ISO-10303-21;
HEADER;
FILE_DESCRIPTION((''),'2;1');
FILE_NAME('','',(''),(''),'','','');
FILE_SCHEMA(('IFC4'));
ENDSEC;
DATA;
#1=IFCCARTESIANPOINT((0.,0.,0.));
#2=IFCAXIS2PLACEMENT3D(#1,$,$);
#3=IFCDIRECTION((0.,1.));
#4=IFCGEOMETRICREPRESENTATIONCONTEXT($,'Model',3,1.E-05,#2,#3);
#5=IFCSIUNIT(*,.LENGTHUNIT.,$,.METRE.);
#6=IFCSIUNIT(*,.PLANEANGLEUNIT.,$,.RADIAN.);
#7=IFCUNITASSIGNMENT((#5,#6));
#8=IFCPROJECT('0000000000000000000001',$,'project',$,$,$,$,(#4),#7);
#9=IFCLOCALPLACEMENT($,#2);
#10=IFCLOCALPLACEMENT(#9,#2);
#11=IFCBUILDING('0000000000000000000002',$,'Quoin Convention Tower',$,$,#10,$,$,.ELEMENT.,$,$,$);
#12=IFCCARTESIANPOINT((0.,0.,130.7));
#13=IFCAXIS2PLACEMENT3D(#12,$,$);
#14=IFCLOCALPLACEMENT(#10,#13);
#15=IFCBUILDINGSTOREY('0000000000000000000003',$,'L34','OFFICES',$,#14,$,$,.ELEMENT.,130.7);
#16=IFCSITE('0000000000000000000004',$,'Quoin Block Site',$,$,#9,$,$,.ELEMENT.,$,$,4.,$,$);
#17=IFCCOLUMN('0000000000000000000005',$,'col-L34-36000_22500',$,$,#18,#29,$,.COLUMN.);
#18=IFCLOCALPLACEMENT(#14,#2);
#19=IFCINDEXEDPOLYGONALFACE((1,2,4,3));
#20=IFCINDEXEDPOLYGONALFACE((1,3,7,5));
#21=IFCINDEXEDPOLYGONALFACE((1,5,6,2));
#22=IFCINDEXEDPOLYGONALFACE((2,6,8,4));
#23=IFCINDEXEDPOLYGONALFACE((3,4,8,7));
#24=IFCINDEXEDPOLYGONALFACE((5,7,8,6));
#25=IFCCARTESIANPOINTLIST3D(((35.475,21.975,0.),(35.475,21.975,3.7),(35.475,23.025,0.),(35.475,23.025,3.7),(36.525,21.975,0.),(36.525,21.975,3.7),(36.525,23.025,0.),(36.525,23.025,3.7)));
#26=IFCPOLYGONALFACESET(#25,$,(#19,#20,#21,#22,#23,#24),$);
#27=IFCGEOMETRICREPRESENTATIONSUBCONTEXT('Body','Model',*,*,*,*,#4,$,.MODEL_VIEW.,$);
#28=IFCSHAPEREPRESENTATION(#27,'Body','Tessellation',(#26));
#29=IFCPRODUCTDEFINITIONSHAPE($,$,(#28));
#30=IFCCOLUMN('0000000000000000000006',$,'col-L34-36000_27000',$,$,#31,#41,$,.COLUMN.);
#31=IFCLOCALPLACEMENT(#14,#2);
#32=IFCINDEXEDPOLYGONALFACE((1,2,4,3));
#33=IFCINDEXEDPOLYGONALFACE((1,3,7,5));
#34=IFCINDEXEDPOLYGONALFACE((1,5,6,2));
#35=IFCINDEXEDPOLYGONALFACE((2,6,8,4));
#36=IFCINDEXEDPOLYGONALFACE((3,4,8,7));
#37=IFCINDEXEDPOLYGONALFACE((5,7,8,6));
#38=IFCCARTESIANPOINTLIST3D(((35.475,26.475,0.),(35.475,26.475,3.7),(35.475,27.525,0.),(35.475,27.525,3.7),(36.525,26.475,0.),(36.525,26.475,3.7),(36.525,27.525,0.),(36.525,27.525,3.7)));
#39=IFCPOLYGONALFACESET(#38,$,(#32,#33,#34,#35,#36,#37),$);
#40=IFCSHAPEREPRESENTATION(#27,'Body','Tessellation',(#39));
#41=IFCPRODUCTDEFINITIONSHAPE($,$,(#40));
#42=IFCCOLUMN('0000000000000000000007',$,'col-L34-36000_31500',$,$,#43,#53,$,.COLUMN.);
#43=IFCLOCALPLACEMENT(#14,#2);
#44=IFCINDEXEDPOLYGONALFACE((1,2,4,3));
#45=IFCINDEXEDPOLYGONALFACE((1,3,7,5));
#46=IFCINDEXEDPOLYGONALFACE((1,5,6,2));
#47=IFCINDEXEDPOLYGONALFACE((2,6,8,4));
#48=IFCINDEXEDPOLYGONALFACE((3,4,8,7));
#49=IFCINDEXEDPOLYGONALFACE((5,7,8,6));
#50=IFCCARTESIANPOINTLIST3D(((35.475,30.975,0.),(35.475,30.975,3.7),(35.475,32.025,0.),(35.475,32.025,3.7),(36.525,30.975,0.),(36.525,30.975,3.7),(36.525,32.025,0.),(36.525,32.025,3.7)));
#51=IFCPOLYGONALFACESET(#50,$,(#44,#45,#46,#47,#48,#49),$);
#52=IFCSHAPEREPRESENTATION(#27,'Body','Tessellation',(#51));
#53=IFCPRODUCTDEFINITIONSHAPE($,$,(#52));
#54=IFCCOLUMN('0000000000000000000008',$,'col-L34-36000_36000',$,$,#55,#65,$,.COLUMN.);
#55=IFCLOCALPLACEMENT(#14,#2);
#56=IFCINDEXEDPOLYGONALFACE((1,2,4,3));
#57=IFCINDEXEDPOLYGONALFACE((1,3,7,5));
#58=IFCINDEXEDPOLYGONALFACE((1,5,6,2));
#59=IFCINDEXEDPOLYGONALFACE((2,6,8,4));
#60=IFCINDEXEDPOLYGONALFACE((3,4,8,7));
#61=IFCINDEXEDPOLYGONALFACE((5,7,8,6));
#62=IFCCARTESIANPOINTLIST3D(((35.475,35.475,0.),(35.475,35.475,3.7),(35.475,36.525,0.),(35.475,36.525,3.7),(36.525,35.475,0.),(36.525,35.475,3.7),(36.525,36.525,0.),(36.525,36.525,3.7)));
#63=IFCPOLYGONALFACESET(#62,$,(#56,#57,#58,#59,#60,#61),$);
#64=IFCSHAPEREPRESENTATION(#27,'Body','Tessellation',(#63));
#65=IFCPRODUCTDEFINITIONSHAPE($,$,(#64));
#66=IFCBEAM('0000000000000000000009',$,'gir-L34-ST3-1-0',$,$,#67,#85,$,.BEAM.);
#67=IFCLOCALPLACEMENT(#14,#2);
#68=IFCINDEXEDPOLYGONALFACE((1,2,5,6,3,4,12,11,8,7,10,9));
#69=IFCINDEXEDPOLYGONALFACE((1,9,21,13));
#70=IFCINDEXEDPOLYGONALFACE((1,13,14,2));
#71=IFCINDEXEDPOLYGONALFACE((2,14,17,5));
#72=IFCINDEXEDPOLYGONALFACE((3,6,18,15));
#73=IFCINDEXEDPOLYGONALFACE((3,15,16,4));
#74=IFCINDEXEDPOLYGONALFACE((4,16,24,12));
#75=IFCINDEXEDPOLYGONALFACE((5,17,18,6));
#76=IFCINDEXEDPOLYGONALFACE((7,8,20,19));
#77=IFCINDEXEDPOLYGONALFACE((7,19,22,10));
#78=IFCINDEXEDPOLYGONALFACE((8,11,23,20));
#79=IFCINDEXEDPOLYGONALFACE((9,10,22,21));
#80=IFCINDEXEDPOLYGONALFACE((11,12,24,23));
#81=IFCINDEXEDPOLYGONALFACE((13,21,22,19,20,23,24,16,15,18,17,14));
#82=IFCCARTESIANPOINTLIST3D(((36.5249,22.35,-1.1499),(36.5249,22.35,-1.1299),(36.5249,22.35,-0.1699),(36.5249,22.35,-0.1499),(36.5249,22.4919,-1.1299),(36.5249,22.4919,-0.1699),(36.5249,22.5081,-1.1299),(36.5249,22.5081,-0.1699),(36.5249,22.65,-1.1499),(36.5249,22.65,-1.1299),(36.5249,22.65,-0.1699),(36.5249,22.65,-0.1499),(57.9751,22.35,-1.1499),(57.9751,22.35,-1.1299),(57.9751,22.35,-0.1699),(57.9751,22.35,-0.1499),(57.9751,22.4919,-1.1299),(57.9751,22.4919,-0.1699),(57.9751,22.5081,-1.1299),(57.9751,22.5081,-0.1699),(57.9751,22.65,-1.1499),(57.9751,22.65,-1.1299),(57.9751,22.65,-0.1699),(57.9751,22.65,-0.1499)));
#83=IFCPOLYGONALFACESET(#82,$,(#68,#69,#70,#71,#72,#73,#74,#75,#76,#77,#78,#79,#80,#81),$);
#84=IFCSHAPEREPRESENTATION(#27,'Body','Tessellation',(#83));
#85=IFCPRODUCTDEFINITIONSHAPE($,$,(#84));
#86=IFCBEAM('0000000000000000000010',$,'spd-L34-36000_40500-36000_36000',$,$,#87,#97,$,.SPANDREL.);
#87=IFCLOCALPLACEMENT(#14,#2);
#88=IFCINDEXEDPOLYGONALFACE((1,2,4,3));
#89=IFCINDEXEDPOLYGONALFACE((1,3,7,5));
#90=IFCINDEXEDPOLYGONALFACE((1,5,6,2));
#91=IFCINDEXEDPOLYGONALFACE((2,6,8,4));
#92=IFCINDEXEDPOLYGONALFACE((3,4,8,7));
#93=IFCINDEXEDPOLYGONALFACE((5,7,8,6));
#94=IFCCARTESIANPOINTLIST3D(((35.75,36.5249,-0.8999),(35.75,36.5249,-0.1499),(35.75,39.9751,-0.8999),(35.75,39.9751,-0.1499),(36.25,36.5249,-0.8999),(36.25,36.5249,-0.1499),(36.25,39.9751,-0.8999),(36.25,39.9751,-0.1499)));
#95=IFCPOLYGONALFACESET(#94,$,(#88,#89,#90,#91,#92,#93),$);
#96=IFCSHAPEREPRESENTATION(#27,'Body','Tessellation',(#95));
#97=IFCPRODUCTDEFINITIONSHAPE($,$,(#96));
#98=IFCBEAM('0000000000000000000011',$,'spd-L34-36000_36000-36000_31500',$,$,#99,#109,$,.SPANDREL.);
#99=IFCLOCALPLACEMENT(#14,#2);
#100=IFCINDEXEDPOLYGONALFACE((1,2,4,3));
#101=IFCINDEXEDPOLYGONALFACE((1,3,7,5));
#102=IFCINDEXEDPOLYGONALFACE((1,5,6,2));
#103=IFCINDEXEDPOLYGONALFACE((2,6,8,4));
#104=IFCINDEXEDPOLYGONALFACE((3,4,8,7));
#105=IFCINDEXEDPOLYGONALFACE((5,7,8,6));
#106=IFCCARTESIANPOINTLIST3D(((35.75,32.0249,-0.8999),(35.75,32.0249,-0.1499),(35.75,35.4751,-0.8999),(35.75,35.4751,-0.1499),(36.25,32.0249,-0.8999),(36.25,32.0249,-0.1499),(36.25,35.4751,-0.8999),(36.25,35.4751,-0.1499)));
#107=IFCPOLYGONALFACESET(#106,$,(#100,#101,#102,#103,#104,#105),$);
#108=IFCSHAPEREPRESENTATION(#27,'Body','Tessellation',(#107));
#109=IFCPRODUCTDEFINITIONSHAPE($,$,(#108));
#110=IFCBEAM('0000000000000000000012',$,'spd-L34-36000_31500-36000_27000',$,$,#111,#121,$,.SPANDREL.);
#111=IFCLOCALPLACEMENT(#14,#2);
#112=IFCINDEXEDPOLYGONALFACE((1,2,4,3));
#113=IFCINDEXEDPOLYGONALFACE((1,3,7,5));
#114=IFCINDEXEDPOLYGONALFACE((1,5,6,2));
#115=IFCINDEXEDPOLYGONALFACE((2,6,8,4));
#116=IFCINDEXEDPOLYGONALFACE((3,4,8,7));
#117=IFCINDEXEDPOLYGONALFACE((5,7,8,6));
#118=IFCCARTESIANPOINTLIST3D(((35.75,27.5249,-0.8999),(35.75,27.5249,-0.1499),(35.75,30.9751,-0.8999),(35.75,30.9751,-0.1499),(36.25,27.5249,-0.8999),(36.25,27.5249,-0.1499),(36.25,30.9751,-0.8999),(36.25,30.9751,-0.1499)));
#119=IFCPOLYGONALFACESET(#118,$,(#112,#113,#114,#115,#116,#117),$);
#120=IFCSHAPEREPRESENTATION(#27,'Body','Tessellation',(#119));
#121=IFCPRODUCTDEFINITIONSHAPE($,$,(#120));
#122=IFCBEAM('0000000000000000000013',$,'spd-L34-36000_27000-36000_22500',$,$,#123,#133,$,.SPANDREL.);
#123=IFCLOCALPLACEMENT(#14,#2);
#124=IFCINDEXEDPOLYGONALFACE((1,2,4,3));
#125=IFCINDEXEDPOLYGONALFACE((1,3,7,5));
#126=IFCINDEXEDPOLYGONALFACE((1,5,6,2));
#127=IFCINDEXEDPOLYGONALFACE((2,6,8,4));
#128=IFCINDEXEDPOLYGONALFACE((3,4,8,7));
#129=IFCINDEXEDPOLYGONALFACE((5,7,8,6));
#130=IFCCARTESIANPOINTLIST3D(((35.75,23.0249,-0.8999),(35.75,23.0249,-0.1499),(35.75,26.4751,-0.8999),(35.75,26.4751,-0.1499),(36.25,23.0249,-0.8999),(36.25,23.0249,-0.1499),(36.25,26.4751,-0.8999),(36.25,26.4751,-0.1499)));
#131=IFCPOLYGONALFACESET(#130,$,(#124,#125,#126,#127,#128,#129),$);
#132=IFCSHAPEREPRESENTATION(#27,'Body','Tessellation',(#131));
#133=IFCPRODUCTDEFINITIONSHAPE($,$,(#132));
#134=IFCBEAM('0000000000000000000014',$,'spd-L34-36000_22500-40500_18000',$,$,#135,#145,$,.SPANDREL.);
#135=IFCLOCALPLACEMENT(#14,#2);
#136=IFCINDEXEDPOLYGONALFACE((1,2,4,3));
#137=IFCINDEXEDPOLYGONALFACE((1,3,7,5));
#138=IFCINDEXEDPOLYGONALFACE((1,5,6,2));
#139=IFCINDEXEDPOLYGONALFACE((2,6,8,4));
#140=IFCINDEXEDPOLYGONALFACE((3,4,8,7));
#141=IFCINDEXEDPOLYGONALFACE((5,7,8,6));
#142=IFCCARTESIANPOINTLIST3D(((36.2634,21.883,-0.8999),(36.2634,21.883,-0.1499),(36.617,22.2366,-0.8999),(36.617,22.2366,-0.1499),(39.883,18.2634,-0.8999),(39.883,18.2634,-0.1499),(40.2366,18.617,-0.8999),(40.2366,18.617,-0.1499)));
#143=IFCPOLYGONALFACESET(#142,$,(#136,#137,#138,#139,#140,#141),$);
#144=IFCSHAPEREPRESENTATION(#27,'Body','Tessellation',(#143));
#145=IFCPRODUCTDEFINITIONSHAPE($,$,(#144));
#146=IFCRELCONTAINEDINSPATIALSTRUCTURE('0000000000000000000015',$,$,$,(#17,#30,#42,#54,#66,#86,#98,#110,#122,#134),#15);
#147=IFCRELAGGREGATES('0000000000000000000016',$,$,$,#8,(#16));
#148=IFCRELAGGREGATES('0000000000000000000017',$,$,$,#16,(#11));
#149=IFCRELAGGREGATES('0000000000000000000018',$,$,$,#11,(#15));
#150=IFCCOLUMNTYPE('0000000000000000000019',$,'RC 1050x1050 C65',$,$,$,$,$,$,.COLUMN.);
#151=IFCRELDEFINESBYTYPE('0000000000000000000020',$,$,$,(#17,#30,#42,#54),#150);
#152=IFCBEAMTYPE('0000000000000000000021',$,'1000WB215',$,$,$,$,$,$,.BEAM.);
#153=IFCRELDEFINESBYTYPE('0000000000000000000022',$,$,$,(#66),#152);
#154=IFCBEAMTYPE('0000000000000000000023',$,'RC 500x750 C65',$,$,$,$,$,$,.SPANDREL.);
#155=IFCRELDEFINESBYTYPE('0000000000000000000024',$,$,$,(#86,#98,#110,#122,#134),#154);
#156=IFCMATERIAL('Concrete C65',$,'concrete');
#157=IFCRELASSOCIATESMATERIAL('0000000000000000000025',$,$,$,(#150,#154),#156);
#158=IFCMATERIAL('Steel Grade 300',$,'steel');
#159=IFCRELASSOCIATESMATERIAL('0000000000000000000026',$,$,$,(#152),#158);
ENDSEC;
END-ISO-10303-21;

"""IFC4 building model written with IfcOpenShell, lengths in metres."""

from ifc_helpers import new_model, si_unit, direction, frame, origin, origin_2d, place, context, subcontext, project, spatial, rectangle, i_section, extrude, material, material_profile, profile_set, type_object, element, save


model = new_model("IFC4")

# Units and contexts
model_context = context("Model", 3, precision=1e-05, world=origin(), true_north=direction((0.0, 1.0)))
body_context = subcontext(model_context, "Body", "Model", "MODEL_VIEW")
ifc_project = project(units=[si_unit("LENGTHUNIT", "METRE"), si_unit("PLANEANGLEUNIT", "RADIAN")], contexts=[model_context])

# Site, building, storey
site_placement = place(None, origin())
site = spatial("IfcSite", under=ifc_project, at=site_placement, Name="Quoin Block Site", CompositionType="ELEMENT", RefElevation=4.0)
building_placement = place(site_placement, origin())
building = spatial("IfcBuilding", under=site, at=building_placement, Name="Quoin Convention Tower", CompositionType="ELEMENT")
storey_placement = place(building_placement, frame((0.0, 0.0, 130.7)))
storey = spatial("IfcBuildingStorey", under=building, at=storey_placement, Name="L34", Description="OFFICES", CompositionType="ELEMENT", Elevation=130.7)

# Columns
ifc_material_1 = material(Name="Concrete C65", Category="concrete")
ifc_material_profile_1 = material_profile(ifc_material_1, rectangle(XDim=1.05, YDim=1.05, at=origin_2d()), Name="RC 1050x1050")
ifc_profile_set_1 = profile_set([ifc_material_profile_1], Name="Concrete C65")
column_type = type_object("IfcColumnType", Name="RC 1050x1050 C65", PredefinedType="COLUMN", material=ifc_profile_set_1)
for number, where, z_axis, x_axis, name in (
    (1, (36.0, 22.5, 0.0), (0.0, 0.0, 1.0), (1.0, 0.0, 0.0), "col-L34-36000_22500"),
    (2, (36.0, 27.0, 0.0), (0.0, 0.0, 1.0), (1.0, 0.0, 0.0), "col-L34-36000_27000"),
    (3, (36.0, 31.5, 0.0), (0.0, 0.0, 1.0), (1.0, 0.0, 0.0), "col-L34-36000_31500"),
    (4, (36.0, 36.0, 0.0), (0.0, 0.0, 1.0), (1.0, 0.0, 0.0), "col-L34-36000_36000"),
):
    element("IfcColumn", number, at=place(storey_placement, frame(where, z_axis=z_axis, x_axis=x_axis)), inside=storey, type_object=column_type, Name=name, PredefinedType="COLUMN", context=body_context, shape_type="SweptSolid", body=[
        extrude(rectangle(XDim=1.05, YDim=1.05, at=origin_2d()), origin(), (0.0, 0.0, 1.0), 3.7),
    ])

# Beams
ifc_material_2 = material(Name="Steel Grade 300", Category="steel")
ifc_material_profile_2 = material_profile(ifc_material_2, i_section(OverallWidth=0.3, OverallDepth=1.0, WebThickness=0.0161, FlangeThickness=0.02, at=origin_2d()), Name="1000WB215")
ifc_profile_set_2 = profile_set([ifc_material_profile_2], Name="Steel Grade 300")
beam_type_1 = type_object("IfcBeamType", Name="1000WB215", PredefinedType="BEAM", material=ifc_profile_set_2)
beam_1_placement = place(storey_placement, frame((36.5249, 22.5, -0.6499), z_axis=(1.0, 0.0, 0.0), x_axis=(0.0, 1.0, 0.0)))
element("IfcBeam", 5, at=beam_1_placement, inside=storey, type_object=beam_type_1, Name="gir-L34-ST3-1-0", PredefinedType="BEAM", context=body_context, shape_type="SweptSolid", body=[
    extrude(i_section(OverallWidth=0.3, OverallDepth=1.0, WebThickness=0.0161, FlangeThickness=0.02, at=origin_2d()), origin(), (0.0, 0.0, 1.0), 21.4502),
])
ifc_material_profile_3 = material_profile(ifc_material_1, rectangle(XDim=0.5, YDim=0.75, at=origin_2d()), Name="RC 500x750")
ifc_profile_set_3 = profile_set([ifc_material_profile_3], Name="Concrete C65")
beam_type_2 = type_object("IfcBeamType", Name="RC 500x750 C65", PredefinedType="SPANDREL", material=ifc_profile_set_3)
for number, where, z_axis, x_axis, name in (
    (6, (36.0, 39.9751, -0.5249), (0.0, -1.0, 0.0), (1.0, 0.0, 0.0), "spd-L34-36000_40500-36000_36000"),
    (7, (36.0, 35.4751, -0.5249), (0.0, -1.0, 0.0), (1.0, 0.0, 0.0), "spd-L34-36000_36000-36000_31500"),
    (8, (36.0, 30.9751, -0.5249), (0.0, -1.0, 0.0), (1.0, 0.0, 0.0), "spd-L34-36000_31500-36000_27000"),
    (9, (36.0, 26.4751, -0.5249), (0.0, -1.0, 0.0), (1.0, 0.0, 0.0), "spd-L34-36000_27000-36000_22500"),
):
    element("IfcBeam", number, at=place(storey_placement, frame(where, z_axis=z_axis, x_axis=x_axis)), inside=storey, type_object=beam_type_2, Name=name, PredefinedType="SPANDREL", context=body_context, shape_type="SweptSolid", body=[
        extrude(rectangle(XDim=0.5, YDim=0.75, at=origin_2d()), origin(), (0.0, 0.0, 1.0), 3.4502),
    ])
beam_2_placement = place(storey_placement, frame((36.4402, 22.0598, -0.5249), z_axis=(0.707107, -0.707107, 0.0), x_axis=(0.707107, 0.707107, 0.0)))
element("IfcBeam", 10, at=beam_2_placement, inside=storey, type_object=beam_type_2, Name="spd-L34-36000_22500-40500_18000", PredefinedType="SPANDREL", context=body_context, shape_type="SweptSolid", body=[
    extrude(rectangle(XDim=0.5, YDim=0.75, at=origin_2d()), origin(), (0.0, 0.0, 1.0), 5.1189),
])

save(model, "model.ifc")
